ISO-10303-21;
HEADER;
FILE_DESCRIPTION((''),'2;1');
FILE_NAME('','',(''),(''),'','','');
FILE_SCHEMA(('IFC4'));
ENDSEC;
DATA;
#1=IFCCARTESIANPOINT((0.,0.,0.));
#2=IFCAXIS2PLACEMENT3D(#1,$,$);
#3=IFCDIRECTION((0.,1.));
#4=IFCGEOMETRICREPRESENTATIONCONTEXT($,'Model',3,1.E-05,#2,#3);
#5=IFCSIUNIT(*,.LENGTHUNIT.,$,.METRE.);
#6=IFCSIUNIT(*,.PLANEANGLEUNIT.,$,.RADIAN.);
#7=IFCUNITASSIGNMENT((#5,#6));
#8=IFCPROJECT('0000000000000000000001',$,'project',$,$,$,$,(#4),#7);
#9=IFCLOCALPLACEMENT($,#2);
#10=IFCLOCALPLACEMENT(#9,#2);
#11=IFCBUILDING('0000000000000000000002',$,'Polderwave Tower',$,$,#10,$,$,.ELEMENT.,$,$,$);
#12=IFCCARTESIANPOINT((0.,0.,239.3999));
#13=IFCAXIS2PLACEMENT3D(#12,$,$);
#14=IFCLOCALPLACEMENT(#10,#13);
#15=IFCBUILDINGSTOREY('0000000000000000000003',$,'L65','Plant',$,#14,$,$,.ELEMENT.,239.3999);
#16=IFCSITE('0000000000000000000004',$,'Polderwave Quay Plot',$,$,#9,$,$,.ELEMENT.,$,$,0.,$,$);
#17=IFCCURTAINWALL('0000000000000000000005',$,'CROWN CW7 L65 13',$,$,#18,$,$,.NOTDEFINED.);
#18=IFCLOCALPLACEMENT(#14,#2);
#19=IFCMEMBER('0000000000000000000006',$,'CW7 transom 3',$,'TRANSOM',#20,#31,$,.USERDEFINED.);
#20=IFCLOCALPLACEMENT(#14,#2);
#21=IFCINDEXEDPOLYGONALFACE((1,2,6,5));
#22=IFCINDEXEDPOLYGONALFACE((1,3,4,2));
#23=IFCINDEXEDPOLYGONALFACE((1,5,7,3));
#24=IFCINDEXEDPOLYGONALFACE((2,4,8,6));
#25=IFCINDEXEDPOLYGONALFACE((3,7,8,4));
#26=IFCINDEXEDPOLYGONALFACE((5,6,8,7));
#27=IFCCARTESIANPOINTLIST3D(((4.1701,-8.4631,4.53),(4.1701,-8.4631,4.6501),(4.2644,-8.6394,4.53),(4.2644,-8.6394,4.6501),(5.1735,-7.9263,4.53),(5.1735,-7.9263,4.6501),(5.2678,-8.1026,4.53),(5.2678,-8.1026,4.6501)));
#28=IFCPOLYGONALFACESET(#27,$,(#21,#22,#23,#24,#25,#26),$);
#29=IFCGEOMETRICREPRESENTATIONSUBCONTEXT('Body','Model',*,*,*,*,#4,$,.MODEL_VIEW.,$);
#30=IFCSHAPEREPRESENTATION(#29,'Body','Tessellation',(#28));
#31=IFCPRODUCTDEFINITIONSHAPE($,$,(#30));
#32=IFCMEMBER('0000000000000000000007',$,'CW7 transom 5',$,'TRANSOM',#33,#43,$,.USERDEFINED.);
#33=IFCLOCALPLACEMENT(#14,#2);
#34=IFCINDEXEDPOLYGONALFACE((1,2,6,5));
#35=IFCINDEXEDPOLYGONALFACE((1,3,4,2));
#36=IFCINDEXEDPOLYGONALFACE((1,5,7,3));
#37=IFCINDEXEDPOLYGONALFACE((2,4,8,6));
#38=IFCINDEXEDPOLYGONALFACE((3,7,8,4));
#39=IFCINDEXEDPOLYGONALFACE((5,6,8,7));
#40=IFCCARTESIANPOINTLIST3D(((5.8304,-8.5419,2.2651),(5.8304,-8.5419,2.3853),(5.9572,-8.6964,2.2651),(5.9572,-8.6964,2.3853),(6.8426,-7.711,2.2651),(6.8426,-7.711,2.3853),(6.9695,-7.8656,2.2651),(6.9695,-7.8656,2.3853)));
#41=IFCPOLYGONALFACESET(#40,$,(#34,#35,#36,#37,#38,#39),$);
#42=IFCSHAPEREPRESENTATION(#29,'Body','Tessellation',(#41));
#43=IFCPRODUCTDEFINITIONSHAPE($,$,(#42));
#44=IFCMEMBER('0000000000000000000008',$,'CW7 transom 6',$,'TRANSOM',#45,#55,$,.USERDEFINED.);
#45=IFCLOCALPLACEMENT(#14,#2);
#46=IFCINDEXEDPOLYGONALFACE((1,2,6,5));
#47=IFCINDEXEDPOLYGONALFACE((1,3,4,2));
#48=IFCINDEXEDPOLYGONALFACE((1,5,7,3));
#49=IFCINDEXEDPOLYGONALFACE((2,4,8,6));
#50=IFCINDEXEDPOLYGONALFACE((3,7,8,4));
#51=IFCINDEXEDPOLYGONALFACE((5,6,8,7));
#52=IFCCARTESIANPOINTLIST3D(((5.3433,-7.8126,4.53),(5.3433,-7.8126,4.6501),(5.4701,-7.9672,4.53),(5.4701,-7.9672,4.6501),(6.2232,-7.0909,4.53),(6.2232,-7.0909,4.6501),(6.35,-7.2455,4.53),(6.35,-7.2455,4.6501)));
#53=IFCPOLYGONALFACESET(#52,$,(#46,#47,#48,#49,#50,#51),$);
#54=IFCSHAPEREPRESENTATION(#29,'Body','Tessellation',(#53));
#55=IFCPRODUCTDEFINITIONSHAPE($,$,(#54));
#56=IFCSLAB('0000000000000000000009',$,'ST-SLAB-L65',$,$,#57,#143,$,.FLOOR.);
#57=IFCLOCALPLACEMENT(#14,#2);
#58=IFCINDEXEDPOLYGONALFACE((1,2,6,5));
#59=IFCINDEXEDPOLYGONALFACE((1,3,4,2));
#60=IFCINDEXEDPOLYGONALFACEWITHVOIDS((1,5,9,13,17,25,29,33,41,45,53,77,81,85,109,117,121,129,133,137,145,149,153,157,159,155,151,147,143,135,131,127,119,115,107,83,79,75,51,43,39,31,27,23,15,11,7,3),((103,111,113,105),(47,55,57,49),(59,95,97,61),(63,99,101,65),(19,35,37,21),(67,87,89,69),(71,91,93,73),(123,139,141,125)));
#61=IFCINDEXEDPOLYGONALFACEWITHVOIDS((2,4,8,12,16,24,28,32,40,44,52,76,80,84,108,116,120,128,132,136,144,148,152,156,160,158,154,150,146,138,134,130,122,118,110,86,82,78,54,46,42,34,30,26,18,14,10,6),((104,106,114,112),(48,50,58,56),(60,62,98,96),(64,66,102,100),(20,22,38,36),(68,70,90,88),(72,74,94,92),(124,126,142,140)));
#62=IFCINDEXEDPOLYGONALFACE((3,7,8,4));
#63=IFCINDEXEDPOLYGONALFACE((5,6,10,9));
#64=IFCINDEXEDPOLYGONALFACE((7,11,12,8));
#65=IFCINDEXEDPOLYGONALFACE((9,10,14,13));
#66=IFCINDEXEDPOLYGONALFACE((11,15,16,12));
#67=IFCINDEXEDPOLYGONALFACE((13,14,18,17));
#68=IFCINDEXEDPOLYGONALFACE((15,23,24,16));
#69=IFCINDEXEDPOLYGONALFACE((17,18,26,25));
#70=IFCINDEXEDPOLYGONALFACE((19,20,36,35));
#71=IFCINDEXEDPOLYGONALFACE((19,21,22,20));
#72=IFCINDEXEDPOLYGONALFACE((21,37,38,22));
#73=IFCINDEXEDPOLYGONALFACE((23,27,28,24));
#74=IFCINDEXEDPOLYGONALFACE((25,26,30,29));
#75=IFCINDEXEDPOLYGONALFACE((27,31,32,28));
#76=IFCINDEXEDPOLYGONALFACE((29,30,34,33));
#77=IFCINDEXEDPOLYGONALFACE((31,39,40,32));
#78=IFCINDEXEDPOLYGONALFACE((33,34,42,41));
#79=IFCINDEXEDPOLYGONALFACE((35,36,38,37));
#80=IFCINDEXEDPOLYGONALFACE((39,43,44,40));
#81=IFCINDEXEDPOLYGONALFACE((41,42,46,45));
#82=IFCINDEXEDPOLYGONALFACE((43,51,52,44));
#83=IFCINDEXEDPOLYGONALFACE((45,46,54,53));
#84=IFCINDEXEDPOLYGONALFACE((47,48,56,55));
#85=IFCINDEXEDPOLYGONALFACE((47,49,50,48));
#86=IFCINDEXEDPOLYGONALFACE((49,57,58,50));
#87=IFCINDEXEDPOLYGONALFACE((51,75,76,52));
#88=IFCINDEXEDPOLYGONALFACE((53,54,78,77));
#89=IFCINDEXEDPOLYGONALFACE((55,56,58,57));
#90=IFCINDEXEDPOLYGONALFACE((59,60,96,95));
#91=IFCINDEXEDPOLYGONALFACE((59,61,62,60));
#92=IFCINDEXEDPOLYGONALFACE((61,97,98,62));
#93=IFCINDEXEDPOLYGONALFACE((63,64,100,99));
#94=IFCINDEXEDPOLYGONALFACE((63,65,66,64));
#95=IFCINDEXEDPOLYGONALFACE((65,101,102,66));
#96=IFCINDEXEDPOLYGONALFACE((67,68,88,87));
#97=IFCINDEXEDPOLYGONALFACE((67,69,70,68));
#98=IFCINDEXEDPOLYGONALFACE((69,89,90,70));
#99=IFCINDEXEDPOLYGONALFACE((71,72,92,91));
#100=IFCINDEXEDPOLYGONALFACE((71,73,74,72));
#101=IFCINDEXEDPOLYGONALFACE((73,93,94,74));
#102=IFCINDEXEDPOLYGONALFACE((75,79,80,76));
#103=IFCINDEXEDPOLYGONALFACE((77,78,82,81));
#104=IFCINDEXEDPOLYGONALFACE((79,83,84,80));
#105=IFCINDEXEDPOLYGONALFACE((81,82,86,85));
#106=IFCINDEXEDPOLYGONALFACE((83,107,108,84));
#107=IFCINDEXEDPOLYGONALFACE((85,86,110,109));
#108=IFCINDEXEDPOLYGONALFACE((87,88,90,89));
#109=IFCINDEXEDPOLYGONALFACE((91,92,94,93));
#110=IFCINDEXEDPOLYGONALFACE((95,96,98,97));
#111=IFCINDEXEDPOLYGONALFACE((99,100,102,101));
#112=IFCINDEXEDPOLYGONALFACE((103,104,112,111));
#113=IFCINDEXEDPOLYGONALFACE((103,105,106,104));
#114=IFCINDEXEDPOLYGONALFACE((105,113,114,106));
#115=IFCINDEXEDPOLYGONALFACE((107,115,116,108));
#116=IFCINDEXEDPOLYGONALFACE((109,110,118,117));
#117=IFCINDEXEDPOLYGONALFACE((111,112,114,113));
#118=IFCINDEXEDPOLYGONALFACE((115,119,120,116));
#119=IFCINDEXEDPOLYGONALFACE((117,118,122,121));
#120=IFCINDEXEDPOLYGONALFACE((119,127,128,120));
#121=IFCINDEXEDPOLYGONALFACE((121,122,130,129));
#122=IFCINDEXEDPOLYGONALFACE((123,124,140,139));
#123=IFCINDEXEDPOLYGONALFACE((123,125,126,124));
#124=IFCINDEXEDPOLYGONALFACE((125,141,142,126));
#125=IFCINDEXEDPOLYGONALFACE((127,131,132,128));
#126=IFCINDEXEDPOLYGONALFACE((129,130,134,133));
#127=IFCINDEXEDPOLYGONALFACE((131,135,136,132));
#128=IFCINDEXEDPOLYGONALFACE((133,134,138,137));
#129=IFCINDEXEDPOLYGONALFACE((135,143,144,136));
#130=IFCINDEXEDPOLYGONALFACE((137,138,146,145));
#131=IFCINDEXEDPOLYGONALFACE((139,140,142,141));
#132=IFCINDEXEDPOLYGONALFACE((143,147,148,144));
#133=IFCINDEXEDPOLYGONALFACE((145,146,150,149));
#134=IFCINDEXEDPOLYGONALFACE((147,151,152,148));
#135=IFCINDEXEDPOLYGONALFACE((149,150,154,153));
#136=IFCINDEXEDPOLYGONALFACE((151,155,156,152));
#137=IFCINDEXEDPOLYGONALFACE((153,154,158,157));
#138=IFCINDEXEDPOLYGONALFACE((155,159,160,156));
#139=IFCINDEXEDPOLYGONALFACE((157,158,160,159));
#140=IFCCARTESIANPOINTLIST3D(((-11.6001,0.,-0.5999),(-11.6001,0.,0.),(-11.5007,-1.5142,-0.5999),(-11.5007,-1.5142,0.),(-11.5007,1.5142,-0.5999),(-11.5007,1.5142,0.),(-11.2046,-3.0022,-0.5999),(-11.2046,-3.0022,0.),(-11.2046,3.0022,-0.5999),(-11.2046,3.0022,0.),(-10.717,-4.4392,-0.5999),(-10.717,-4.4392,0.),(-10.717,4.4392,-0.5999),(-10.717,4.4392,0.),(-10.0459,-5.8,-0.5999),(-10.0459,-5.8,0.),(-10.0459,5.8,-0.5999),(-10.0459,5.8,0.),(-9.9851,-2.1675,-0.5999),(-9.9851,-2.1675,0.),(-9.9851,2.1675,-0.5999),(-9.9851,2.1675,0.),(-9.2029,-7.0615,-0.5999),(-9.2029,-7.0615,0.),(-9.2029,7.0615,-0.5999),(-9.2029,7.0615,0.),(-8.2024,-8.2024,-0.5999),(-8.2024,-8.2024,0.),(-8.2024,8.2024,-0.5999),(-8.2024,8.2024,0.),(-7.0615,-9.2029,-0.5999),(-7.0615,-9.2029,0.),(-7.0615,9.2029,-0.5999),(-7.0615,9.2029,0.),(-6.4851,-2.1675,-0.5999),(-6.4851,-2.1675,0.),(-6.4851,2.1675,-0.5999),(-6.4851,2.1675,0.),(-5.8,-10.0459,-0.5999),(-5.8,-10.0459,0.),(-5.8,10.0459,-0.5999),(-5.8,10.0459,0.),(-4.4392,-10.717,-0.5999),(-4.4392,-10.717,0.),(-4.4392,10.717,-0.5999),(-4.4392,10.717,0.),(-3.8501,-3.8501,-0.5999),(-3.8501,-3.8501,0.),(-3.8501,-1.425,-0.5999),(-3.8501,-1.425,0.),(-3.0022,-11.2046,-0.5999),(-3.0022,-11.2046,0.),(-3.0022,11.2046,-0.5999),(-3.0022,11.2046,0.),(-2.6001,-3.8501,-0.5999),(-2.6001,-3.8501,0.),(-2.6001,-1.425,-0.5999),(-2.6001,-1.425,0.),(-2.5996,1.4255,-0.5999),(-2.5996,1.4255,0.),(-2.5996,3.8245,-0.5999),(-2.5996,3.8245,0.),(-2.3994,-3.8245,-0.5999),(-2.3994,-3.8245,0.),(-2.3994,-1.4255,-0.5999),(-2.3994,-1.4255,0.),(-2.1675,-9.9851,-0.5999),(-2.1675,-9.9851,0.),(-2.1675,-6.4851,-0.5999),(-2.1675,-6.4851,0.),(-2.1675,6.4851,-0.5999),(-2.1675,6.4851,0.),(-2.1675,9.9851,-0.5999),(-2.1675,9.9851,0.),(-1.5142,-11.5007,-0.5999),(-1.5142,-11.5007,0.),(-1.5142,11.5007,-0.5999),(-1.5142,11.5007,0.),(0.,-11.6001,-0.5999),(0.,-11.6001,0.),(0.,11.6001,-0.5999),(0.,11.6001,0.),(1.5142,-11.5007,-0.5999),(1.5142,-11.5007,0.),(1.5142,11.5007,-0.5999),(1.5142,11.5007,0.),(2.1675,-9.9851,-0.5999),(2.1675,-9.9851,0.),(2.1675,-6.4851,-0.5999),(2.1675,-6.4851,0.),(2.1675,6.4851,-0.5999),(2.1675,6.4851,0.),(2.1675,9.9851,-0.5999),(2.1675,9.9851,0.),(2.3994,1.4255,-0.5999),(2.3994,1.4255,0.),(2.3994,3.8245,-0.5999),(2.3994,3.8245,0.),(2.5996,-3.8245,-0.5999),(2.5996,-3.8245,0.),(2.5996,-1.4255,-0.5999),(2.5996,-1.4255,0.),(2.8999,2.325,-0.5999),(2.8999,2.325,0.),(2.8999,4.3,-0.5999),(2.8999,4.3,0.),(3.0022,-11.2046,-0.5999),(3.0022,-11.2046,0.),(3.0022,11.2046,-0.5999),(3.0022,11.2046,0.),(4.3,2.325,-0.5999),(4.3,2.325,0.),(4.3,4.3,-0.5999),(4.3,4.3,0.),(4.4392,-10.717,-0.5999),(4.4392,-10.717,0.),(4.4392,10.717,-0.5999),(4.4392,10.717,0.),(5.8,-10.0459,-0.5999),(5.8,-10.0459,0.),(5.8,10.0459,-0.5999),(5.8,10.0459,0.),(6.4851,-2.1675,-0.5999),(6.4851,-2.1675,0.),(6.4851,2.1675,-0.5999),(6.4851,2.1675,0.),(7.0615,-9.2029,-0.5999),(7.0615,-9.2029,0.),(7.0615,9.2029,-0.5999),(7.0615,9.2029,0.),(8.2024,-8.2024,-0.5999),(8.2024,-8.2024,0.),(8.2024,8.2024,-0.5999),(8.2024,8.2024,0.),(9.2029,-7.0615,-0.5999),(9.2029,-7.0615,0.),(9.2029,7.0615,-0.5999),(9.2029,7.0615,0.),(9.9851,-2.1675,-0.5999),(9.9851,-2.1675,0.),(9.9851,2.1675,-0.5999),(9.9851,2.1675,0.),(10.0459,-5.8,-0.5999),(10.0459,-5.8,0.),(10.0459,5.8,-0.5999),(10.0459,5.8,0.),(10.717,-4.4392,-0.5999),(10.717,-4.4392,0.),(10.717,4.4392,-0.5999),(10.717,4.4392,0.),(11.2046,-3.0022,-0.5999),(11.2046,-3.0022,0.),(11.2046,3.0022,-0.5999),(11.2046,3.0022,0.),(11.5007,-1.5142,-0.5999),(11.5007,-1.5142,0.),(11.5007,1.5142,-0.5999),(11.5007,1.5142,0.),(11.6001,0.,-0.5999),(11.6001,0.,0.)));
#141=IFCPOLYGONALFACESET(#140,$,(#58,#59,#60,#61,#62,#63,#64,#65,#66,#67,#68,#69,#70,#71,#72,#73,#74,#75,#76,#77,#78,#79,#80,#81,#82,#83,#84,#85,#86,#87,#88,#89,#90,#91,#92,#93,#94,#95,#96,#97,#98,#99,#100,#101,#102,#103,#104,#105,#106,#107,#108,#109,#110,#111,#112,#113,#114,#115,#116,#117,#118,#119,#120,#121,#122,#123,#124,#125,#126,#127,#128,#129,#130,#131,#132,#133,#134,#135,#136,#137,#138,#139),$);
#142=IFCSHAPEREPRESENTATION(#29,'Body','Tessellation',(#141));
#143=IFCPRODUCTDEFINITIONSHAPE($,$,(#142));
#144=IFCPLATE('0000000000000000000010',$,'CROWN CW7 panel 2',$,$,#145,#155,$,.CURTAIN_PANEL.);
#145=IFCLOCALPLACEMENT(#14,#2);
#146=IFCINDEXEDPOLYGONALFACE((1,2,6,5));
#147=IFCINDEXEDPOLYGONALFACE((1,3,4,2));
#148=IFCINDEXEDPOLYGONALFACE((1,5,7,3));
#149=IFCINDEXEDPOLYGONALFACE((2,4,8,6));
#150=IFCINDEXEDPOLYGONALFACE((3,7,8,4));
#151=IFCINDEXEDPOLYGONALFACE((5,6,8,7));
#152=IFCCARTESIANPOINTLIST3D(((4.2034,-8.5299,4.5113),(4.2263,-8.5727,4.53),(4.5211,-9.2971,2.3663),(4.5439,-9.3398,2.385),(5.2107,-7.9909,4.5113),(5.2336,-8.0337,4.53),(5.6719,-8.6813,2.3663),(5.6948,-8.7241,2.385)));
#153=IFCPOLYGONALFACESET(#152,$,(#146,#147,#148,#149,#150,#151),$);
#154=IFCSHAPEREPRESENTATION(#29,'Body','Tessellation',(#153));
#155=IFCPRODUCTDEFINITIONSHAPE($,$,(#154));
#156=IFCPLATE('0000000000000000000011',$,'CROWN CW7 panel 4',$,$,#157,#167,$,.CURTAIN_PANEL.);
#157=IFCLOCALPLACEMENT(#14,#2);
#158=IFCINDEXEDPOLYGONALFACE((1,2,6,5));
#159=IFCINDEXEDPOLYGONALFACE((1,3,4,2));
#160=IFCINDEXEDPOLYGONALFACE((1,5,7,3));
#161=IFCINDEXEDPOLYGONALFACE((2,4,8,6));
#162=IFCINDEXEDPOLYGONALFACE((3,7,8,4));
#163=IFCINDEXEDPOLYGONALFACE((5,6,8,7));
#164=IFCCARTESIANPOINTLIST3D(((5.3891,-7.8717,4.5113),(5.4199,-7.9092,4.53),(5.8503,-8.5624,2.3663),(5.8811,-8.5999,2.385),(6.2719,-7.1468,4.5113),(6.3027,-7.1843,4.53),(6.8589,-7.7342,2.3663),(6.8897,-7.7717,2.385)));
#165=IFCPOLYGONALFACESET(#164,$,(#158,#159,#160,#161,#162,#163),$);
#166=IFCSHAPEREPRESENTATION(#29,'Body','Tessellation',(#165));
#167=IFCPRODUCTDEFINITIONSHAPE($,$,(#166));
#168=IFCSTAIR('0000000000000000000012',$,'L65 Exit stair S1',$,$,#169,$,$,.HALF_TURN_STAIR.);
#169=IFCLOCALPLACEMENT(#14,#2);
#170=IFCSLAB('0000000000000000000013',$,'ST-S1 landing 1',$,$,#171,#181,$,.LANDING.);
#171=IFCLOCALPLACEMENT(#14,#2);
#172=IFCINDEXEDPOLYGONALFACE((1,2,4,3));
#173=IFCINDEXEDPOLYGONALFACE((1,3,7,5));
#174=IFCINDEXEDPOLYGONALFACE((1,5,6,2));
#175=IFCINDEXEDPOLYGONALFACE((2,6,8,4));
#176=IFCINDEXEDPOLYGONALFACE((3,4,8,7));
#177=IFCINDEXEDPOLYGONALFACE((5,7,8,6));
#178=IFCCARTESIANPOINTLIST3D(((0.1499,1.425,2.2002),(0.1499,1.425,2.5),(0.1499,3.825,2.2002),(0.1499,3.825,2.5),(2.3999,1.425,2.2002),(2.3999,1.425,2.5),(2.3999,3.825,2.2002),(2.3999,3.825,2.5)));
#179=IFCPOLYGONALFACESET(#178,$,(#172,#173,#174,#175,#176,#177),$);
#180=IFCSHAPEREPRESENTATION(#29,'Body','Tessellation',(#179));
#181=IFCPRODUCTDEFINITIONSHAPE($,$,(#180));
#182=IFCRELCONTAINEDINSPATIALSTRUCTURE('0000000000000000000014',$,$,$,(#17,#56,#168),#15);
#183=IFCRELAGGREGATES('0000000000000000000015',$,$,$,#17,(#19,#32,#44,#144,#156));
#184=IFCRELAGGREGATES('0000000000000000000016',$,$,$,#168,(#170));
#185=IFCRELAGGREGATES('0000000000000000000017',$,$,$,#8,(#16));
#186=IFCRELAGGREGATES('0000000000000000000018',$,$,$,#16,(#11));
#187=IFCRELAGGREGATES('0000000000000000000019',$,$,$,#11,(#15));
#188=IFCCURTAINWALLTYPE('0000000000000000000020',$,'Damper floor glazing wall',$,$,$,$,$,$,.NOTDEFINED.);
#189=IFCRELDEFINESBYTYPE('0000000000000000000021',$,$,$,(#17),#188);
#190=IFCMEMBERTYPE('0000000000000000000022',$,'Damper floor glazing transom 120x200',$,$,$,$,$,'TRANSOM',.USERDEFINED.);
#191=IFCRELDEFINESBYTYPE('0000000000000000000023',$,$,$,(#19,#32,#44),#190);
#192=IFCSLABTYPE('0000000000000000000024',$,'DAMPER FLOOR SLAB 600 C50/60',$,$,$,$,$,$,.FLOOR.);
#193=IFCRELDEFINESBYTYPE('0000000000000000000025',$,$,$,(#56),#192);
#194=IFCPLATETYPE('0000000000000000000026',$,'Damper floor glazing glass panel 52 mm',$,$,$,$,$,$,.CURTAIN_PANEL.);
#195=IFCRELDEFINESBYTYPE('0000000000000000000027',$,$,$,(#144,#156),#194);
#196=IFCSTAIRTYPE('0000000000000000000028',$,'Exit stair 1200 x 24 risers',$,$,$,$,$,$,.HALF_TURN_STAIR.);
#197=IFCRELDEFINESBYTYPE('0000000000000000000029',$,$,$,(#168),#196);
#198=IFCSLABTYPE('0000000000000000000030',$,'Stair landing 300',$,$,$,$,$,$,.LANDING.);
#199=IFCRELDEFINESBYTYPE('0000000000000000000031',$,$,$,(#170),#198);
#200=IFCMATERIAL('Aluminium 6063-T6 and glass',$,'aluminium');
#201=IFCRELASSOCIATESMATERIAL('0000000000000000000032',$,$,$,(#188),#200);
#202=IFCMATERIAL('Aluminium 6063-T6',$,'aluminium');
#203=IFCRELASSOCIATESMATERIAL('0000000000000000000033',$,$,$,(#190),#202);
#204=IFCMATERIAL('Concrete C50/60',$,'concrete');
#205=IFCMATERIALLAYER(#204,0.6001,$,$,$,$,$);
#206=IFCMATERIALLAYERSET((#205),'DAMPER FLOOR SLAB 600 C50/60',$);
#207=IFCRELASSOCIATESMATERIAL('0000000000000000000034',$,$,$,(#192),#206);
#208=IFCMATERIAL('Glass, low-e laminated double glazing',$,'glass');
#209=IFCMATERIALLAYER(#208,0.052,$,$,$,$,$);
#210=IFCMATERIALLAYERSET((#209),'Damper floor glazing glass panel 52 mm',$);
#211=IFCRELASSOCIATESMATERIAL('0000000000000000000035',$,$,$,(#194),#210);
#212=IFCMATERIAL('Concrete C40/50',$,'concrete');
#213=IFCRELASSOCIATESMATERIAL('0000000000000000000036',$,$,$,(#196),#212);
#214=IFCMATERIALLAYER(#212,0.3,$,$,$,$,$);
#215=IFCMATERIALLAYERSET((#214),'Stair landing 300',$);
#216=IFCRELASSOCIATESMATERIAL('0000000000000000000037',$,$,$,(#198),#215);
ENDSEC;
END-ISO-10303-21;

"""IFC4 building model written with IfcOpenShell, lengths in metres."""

from ifc_helpers import new_model, si_unit, direction, frame, origin, origin_2d, place, context, subcontext, project, spatial, polyline, rectangle, outline, extrude, material, layer, layer_set, material_profile, profile_set, type_object, element, aggregate, save


model = new_model("IFC4")

# Units and contexts
model_context = context("Model", 3, precision=1e-05, world=origin(), true_north=direction((0.0, 1.0)))
body_context = subcontext(model_context, "Body", "Model", "MODEL_VIEW")
ifc_project = project(units=[si_unit("LENGTHUNIT", "METRE"), si_unit("PLANEANGLEUNIT", "RADIAN")], contexts=[model_context])

# Site, building, storey
site_placement = place(None, origin())
site = spatial("IfcSite", under=ifc_project, at=site_placement, Name="Polderwave Quay Plot", CompositionType="ELEMENT", RefElevation=0.0)
building_placement = place(site_placement, origin())
building = spatial("IfcBuilding", under=site, at=building_placement, Name="Polderwave Tower", CompositionType="ELEMENT")
storey_placement = place(building_placement, frame((0.0, 0.0, 239.3999)))
storey = spatial("IfcBuildingStorey", under=building, at=storey_placement, Name="L65", Description="Plant", CompositionType="ELEMENT", Elevation=239.3999)

# Curtain wall, members
ifc_material_1 = material(Name="Aluminium 6063-T6 and glass", Category="aluminium")
curtain_wall_type = type_object("IfcCurtainWallType", Name="Damper floor glazing wall", PredefinedType="NOTDEFINED", material=ifc_material_1)
curtain_wall_placement = place(storey_placement, origin())
curtain_wall = element("IfcCurtainWall", 1, at=curtain_wall_placement, inside=storey, type_object=curtain_wall_type, Name="CROWN CW7 L65 13", PredefinedType="NOTDEFINED")
ifc_material_2 = material(Name="Aluminium 6063-T6", Category="aluminium")
ifc_material_profile = material_profile(ifc_material_2, rectangle(XDim=0.2, YDim=0.1201, at=origin_2d()), Name="AL 120x200")
ifc_profile_set = profile_set([ifc_material_profile], Name="Aluminium 6063-T6")
member_type = type_object("IfcMemberType", Name="Damper floor glazing transom 120x200", ElementType="TRANSOM", PredefinedType="USERDEFINED", material=ifc_profile_set)
member_1_placement = place(storey_placement, frame((4.2173, -8.5513, 4.5901), z_axis=(0.881729, 0.471757, 0.0), x_axis=(-0.471757, 0.881729, 0.0)))
member_1 = element("IfcMember", 2, at=member_1_placement, type_object=member_type, Name="CW7 transom 3", ObjectType="TRANSOM", PredefinedType="USERDEFINED", context=body_context, shape_type="SweptSolid", body=[
    extrude(rectangle(XDim=0.2, YDim=0.1201, at=origin_2d()), origin(), (0.0, 0.0, 1.0), 1.1379),
])
member_2_placement = place(storey_placement, frame((5.8938, -8.6191, 2.3252), z_axis=(0.772968, 0.634445, 0.0), x_axis=(-0.634445, 0.772968, 0.0)))
member_2 = element("IfcMember", 3, at=member_2_placement, type_object=member_type, Name="CW7 transom 5", ObjectType="TRANSOM", PredefinedType="USERDEFINED", context=body_context, shape_type="SweptSolid", body=[
    extrude(rectangle(XDim=0.2, YDim=0.1201, at=origin_2d()), origin(), (0.0, 0.0, 1.0), 1.3096),
])
member_3_placement = place(storey_placement, frame((5.4067, -7.8899, 4.5901), z_axis=(0.773192, 0.634172, 0.0), x_axis=(-0.634172, 0.773192, 0.0)))
member_3 = element("IfcMember", 4, at=member_3_placement, type_object=member_type, Name="CW7 transom 6", ObjectType="TRANSOM", PredefinedType="USERDEFINED", context=body_context, shape_type="SweptSolid", body=[
    extrude(rectangle(XDim=0.2, YDim=0.1201, at=origin_2d()), origin(), (0.0, 0.0, 1.0), 1.1379),
])

# Slab
ifc_material_3 = material(Name="Concrete C50/60", Category="concrete")
ifc_layer_1 = layer(ifc_material_3, 0.6001)
ifc_layer_set_1 = layer_set([ifc_layer_1], Name="DAMPER FLOOR SLAB 600 C50/60")
slab_type_1 = type_object("IfcSlabType", Name="DAMPER FLOOR SLAB 600 C50/60", PredefinedType="FLOOR", material=ifc_layer_set_1)
slab_1_placement = place(storey_placement, frame((0.0, 0.0, -0.5999)))
element("IfcSlab", 5, at=slab_1_placement, inside=storey, type_object=slab_type_1, Name="ST-SLAB-L65", PredefinedType="FLOOR", context=body_context, shape_type="SweptSolid", body=[
    extrude(outline(polyline([(11.6001, 0.0), (11.5007, 1.5142), (11.2046, 3.0022), (10.717, 4.4392), (10.0459, 5.8), (9.2029, 7.0615), (8.2024, 8.2024), (7.0615, 9.2029), (5.8, 10.0459), (4.4392, 10.717), (3.0022, 11.2046), (1.5142, 11.5007), (0.0, 11.6001), (-1.5142, 11.5007), (-3.0022, 11.2046), (-4.4392, 10.717), (-5.8, 10.0459), (-7.0615, 9.2029), (-8.2024, 8.2024), (-9.2029, 7.0615), (-10.0459, 5.8), (-10.717, 4.4392), (-11.2046, 3.0022), (-11.5007, 1.5142), (-11.6001, 0.0), (-11.5007, -1.5142), (-11.2046, -3.0022), (-10.717, -4.4392), (-10.0459, -5.8), (-9.2029, -7.0615), (-8.2024, -8.2024), (-7.0615, -9.2029), (-5.8, -10.0459), (-4.4392, -10.717), (-3.0022, -11.2046), (-1.5142, -11.5007), (0.0, -11.6001), (1.5142, -11.5007), (3.0022, -11.2046), (4.4392, -10.717), (5.8, -10.0459), (7.0615, -9.2029), (8.2024, -8.2024), (9.2029, -7.0615), (10.0459, -5.8), (10.717, -4.4392), (11.2046, -3.0022), (11.5007, -1.5142), (11.6001, 0.0)]), holes=[polyline([(-2.5996, 1.4255), (2.3994, 1.4255), (2.3994, 3.8245), (-2.5996, 3.8245), (-2.5996, 1.4255)]), polyline([(-2.3994, -3.8245), (2.5996, -3.8245), (2.5996, -1.4255), (-2.3994, -1.4255), (-2.3994, -3.8245)]), polyline([(2.8999, 2.325), (4.3, 2.325), (4.3, 4.3), (2.8999, 4.3), (2.8999, 2.325)]), polyline([(-3.8501, -3.8501), (-2.6001, -3.8501), (-2.6001, -1.425), (-3.8501, -1.425), (-3.8501, -3.8501)]), polyline([(6.4851, -2.1675), (9.9851, -2.1675), (9.9851, 2.1675), (6.4851, 2.1675), (6.4851, -2.1675)]), polyline([(-2.1675, 6.4851), (2.1675, 6.4851), (2.1675, 9.9851), (-2.1675, 9.9851), (-2.1675, 6.4851)]), polyline([(-9.9851, -2.1675), (-6.4851, -2.1675), (-6.4851, 2.1675), (-9.9851, 2.1675), (-9.9851, -2.1675)]), polyline([(-2.1675, -9.9851), (2.1675, -9.9851), (2.1675, -6.4851), (-2.1675, -6.4851), (-2.1675, -9.9851)])]), origin(), (0.0, 0.0, 1.0), 0.5999),
])

# Plates
ifc_material_4 = material(Name="Glass, low-e laminated double glazing", Category="glass")
ifc_layer_2 = layer(ifc_material_4, 0.052)
ifc_layer_set_2 = layer_set([ifc_layer_2], Name="Damper floor glazing glass panel 52 mm")
plate_type = type_object("IfcPlateType", Name="Damper floor glazing glass panel 52 mm", PredefinedType="CURTAIN_PANEL", material=ifc_layer_set_2)
plate_1_placement = place(storey_placement, frame((4.5439, -9.3398, 2.385), z_axis=(0.440245, -0.822784, 0.359458), x_axis=(0.88172, 0.471773, -0.000017)))
plate_1 = element("IfcPlate", 6, at=plate_1_placement, type_object=plate_type, Name="CROWN CW7 panel 2", PredefinedType="CURTAIN_PANEL", context=body_context, shape_type="SweptSolid", body=[
    extrude(outline(polyline([(0.0, 0.0), (1.3052, 0.0), (1.2243, 2.2987), (0.0818, 2.2986), (0.0, 0.0)])), origin(), (0.0, 0.0, -1.0), 0.052),
])
plate_2_placement = place(storey_placement, frame((5.8811, -8.5999, 2.385), z_axis=(0.592154, -0.721179, 0.35952), x_axis=(0.772853, 0.634585, 0.000003)))
plate_2 = element("IfcPlate", 7, at=plate_2_placement, type_object=plate_type, Name="CROWN CW7 panel 4", PredefinedType="CURTAIN_PANEL", context=body_context, shape_type="SweptSolid", body=[
    extrude(outline(polyline([(0.0, 0.0), (1.305, 0.0), (1.2241, 2.2987), (0.0819, 2.2987), (0.0, 0.0)])), origin(), (0.0, 0.0, -1.0), 0.052),
])
aggregate(curtain_wall, [member_1, member_2, member_3, plate_1, plate_2])

# Stair, slab
ifc_material_5 = material(Name="Concrete C40/50", Category="concrete")
stair_type = type_object("IfcStairType", Name="Exit stair 1200 x 24 risers", PredefinedType="HALF_TURN_STAIR", material=ifc_material_5)
stair_1_placement = place(storey_placement, origin())
stair_1 = element("IfcStair", 8, at=stair_1_placement, inside=storey, type_object=stair_type, Name="L65 Exit stair S1", PredefinedType="HALF_TURN_STAIR")
ifc_layer_3 = layer(ifc_material_5, 0.3)
ifc_layer_set_3 = layer_set([ifc_layer_3], Name="Stair landing 300")
slab_type_2 = type_object("IfcSlabType", Name="Stair landing 300", PredefinedType="LANDING", material=ifc_layer_set_3)
slab_2_placement = place(storey_placement, frame((0.0, 0.0, 2.2002)))
slab_2 = element("IfcSlab", 9, at=slab_2_placement, type_object=slab_type_2, Name="ST-S1 landing 1", PredefinedType="LANDING", context=body_context, shape_type="SweptSolid", body=[
    extrude(outline(polyline([(0.1499, 1.425), (2.3999, 1.425), (2.3999, 3.825), (0.1499, 3.825), (0.1499, 1.425)])), origin(), (0.0, 0.0, 1.0), 0.2998),
])
aggregate(stair_1, [slab_2])

save(model, "model.ifc")
